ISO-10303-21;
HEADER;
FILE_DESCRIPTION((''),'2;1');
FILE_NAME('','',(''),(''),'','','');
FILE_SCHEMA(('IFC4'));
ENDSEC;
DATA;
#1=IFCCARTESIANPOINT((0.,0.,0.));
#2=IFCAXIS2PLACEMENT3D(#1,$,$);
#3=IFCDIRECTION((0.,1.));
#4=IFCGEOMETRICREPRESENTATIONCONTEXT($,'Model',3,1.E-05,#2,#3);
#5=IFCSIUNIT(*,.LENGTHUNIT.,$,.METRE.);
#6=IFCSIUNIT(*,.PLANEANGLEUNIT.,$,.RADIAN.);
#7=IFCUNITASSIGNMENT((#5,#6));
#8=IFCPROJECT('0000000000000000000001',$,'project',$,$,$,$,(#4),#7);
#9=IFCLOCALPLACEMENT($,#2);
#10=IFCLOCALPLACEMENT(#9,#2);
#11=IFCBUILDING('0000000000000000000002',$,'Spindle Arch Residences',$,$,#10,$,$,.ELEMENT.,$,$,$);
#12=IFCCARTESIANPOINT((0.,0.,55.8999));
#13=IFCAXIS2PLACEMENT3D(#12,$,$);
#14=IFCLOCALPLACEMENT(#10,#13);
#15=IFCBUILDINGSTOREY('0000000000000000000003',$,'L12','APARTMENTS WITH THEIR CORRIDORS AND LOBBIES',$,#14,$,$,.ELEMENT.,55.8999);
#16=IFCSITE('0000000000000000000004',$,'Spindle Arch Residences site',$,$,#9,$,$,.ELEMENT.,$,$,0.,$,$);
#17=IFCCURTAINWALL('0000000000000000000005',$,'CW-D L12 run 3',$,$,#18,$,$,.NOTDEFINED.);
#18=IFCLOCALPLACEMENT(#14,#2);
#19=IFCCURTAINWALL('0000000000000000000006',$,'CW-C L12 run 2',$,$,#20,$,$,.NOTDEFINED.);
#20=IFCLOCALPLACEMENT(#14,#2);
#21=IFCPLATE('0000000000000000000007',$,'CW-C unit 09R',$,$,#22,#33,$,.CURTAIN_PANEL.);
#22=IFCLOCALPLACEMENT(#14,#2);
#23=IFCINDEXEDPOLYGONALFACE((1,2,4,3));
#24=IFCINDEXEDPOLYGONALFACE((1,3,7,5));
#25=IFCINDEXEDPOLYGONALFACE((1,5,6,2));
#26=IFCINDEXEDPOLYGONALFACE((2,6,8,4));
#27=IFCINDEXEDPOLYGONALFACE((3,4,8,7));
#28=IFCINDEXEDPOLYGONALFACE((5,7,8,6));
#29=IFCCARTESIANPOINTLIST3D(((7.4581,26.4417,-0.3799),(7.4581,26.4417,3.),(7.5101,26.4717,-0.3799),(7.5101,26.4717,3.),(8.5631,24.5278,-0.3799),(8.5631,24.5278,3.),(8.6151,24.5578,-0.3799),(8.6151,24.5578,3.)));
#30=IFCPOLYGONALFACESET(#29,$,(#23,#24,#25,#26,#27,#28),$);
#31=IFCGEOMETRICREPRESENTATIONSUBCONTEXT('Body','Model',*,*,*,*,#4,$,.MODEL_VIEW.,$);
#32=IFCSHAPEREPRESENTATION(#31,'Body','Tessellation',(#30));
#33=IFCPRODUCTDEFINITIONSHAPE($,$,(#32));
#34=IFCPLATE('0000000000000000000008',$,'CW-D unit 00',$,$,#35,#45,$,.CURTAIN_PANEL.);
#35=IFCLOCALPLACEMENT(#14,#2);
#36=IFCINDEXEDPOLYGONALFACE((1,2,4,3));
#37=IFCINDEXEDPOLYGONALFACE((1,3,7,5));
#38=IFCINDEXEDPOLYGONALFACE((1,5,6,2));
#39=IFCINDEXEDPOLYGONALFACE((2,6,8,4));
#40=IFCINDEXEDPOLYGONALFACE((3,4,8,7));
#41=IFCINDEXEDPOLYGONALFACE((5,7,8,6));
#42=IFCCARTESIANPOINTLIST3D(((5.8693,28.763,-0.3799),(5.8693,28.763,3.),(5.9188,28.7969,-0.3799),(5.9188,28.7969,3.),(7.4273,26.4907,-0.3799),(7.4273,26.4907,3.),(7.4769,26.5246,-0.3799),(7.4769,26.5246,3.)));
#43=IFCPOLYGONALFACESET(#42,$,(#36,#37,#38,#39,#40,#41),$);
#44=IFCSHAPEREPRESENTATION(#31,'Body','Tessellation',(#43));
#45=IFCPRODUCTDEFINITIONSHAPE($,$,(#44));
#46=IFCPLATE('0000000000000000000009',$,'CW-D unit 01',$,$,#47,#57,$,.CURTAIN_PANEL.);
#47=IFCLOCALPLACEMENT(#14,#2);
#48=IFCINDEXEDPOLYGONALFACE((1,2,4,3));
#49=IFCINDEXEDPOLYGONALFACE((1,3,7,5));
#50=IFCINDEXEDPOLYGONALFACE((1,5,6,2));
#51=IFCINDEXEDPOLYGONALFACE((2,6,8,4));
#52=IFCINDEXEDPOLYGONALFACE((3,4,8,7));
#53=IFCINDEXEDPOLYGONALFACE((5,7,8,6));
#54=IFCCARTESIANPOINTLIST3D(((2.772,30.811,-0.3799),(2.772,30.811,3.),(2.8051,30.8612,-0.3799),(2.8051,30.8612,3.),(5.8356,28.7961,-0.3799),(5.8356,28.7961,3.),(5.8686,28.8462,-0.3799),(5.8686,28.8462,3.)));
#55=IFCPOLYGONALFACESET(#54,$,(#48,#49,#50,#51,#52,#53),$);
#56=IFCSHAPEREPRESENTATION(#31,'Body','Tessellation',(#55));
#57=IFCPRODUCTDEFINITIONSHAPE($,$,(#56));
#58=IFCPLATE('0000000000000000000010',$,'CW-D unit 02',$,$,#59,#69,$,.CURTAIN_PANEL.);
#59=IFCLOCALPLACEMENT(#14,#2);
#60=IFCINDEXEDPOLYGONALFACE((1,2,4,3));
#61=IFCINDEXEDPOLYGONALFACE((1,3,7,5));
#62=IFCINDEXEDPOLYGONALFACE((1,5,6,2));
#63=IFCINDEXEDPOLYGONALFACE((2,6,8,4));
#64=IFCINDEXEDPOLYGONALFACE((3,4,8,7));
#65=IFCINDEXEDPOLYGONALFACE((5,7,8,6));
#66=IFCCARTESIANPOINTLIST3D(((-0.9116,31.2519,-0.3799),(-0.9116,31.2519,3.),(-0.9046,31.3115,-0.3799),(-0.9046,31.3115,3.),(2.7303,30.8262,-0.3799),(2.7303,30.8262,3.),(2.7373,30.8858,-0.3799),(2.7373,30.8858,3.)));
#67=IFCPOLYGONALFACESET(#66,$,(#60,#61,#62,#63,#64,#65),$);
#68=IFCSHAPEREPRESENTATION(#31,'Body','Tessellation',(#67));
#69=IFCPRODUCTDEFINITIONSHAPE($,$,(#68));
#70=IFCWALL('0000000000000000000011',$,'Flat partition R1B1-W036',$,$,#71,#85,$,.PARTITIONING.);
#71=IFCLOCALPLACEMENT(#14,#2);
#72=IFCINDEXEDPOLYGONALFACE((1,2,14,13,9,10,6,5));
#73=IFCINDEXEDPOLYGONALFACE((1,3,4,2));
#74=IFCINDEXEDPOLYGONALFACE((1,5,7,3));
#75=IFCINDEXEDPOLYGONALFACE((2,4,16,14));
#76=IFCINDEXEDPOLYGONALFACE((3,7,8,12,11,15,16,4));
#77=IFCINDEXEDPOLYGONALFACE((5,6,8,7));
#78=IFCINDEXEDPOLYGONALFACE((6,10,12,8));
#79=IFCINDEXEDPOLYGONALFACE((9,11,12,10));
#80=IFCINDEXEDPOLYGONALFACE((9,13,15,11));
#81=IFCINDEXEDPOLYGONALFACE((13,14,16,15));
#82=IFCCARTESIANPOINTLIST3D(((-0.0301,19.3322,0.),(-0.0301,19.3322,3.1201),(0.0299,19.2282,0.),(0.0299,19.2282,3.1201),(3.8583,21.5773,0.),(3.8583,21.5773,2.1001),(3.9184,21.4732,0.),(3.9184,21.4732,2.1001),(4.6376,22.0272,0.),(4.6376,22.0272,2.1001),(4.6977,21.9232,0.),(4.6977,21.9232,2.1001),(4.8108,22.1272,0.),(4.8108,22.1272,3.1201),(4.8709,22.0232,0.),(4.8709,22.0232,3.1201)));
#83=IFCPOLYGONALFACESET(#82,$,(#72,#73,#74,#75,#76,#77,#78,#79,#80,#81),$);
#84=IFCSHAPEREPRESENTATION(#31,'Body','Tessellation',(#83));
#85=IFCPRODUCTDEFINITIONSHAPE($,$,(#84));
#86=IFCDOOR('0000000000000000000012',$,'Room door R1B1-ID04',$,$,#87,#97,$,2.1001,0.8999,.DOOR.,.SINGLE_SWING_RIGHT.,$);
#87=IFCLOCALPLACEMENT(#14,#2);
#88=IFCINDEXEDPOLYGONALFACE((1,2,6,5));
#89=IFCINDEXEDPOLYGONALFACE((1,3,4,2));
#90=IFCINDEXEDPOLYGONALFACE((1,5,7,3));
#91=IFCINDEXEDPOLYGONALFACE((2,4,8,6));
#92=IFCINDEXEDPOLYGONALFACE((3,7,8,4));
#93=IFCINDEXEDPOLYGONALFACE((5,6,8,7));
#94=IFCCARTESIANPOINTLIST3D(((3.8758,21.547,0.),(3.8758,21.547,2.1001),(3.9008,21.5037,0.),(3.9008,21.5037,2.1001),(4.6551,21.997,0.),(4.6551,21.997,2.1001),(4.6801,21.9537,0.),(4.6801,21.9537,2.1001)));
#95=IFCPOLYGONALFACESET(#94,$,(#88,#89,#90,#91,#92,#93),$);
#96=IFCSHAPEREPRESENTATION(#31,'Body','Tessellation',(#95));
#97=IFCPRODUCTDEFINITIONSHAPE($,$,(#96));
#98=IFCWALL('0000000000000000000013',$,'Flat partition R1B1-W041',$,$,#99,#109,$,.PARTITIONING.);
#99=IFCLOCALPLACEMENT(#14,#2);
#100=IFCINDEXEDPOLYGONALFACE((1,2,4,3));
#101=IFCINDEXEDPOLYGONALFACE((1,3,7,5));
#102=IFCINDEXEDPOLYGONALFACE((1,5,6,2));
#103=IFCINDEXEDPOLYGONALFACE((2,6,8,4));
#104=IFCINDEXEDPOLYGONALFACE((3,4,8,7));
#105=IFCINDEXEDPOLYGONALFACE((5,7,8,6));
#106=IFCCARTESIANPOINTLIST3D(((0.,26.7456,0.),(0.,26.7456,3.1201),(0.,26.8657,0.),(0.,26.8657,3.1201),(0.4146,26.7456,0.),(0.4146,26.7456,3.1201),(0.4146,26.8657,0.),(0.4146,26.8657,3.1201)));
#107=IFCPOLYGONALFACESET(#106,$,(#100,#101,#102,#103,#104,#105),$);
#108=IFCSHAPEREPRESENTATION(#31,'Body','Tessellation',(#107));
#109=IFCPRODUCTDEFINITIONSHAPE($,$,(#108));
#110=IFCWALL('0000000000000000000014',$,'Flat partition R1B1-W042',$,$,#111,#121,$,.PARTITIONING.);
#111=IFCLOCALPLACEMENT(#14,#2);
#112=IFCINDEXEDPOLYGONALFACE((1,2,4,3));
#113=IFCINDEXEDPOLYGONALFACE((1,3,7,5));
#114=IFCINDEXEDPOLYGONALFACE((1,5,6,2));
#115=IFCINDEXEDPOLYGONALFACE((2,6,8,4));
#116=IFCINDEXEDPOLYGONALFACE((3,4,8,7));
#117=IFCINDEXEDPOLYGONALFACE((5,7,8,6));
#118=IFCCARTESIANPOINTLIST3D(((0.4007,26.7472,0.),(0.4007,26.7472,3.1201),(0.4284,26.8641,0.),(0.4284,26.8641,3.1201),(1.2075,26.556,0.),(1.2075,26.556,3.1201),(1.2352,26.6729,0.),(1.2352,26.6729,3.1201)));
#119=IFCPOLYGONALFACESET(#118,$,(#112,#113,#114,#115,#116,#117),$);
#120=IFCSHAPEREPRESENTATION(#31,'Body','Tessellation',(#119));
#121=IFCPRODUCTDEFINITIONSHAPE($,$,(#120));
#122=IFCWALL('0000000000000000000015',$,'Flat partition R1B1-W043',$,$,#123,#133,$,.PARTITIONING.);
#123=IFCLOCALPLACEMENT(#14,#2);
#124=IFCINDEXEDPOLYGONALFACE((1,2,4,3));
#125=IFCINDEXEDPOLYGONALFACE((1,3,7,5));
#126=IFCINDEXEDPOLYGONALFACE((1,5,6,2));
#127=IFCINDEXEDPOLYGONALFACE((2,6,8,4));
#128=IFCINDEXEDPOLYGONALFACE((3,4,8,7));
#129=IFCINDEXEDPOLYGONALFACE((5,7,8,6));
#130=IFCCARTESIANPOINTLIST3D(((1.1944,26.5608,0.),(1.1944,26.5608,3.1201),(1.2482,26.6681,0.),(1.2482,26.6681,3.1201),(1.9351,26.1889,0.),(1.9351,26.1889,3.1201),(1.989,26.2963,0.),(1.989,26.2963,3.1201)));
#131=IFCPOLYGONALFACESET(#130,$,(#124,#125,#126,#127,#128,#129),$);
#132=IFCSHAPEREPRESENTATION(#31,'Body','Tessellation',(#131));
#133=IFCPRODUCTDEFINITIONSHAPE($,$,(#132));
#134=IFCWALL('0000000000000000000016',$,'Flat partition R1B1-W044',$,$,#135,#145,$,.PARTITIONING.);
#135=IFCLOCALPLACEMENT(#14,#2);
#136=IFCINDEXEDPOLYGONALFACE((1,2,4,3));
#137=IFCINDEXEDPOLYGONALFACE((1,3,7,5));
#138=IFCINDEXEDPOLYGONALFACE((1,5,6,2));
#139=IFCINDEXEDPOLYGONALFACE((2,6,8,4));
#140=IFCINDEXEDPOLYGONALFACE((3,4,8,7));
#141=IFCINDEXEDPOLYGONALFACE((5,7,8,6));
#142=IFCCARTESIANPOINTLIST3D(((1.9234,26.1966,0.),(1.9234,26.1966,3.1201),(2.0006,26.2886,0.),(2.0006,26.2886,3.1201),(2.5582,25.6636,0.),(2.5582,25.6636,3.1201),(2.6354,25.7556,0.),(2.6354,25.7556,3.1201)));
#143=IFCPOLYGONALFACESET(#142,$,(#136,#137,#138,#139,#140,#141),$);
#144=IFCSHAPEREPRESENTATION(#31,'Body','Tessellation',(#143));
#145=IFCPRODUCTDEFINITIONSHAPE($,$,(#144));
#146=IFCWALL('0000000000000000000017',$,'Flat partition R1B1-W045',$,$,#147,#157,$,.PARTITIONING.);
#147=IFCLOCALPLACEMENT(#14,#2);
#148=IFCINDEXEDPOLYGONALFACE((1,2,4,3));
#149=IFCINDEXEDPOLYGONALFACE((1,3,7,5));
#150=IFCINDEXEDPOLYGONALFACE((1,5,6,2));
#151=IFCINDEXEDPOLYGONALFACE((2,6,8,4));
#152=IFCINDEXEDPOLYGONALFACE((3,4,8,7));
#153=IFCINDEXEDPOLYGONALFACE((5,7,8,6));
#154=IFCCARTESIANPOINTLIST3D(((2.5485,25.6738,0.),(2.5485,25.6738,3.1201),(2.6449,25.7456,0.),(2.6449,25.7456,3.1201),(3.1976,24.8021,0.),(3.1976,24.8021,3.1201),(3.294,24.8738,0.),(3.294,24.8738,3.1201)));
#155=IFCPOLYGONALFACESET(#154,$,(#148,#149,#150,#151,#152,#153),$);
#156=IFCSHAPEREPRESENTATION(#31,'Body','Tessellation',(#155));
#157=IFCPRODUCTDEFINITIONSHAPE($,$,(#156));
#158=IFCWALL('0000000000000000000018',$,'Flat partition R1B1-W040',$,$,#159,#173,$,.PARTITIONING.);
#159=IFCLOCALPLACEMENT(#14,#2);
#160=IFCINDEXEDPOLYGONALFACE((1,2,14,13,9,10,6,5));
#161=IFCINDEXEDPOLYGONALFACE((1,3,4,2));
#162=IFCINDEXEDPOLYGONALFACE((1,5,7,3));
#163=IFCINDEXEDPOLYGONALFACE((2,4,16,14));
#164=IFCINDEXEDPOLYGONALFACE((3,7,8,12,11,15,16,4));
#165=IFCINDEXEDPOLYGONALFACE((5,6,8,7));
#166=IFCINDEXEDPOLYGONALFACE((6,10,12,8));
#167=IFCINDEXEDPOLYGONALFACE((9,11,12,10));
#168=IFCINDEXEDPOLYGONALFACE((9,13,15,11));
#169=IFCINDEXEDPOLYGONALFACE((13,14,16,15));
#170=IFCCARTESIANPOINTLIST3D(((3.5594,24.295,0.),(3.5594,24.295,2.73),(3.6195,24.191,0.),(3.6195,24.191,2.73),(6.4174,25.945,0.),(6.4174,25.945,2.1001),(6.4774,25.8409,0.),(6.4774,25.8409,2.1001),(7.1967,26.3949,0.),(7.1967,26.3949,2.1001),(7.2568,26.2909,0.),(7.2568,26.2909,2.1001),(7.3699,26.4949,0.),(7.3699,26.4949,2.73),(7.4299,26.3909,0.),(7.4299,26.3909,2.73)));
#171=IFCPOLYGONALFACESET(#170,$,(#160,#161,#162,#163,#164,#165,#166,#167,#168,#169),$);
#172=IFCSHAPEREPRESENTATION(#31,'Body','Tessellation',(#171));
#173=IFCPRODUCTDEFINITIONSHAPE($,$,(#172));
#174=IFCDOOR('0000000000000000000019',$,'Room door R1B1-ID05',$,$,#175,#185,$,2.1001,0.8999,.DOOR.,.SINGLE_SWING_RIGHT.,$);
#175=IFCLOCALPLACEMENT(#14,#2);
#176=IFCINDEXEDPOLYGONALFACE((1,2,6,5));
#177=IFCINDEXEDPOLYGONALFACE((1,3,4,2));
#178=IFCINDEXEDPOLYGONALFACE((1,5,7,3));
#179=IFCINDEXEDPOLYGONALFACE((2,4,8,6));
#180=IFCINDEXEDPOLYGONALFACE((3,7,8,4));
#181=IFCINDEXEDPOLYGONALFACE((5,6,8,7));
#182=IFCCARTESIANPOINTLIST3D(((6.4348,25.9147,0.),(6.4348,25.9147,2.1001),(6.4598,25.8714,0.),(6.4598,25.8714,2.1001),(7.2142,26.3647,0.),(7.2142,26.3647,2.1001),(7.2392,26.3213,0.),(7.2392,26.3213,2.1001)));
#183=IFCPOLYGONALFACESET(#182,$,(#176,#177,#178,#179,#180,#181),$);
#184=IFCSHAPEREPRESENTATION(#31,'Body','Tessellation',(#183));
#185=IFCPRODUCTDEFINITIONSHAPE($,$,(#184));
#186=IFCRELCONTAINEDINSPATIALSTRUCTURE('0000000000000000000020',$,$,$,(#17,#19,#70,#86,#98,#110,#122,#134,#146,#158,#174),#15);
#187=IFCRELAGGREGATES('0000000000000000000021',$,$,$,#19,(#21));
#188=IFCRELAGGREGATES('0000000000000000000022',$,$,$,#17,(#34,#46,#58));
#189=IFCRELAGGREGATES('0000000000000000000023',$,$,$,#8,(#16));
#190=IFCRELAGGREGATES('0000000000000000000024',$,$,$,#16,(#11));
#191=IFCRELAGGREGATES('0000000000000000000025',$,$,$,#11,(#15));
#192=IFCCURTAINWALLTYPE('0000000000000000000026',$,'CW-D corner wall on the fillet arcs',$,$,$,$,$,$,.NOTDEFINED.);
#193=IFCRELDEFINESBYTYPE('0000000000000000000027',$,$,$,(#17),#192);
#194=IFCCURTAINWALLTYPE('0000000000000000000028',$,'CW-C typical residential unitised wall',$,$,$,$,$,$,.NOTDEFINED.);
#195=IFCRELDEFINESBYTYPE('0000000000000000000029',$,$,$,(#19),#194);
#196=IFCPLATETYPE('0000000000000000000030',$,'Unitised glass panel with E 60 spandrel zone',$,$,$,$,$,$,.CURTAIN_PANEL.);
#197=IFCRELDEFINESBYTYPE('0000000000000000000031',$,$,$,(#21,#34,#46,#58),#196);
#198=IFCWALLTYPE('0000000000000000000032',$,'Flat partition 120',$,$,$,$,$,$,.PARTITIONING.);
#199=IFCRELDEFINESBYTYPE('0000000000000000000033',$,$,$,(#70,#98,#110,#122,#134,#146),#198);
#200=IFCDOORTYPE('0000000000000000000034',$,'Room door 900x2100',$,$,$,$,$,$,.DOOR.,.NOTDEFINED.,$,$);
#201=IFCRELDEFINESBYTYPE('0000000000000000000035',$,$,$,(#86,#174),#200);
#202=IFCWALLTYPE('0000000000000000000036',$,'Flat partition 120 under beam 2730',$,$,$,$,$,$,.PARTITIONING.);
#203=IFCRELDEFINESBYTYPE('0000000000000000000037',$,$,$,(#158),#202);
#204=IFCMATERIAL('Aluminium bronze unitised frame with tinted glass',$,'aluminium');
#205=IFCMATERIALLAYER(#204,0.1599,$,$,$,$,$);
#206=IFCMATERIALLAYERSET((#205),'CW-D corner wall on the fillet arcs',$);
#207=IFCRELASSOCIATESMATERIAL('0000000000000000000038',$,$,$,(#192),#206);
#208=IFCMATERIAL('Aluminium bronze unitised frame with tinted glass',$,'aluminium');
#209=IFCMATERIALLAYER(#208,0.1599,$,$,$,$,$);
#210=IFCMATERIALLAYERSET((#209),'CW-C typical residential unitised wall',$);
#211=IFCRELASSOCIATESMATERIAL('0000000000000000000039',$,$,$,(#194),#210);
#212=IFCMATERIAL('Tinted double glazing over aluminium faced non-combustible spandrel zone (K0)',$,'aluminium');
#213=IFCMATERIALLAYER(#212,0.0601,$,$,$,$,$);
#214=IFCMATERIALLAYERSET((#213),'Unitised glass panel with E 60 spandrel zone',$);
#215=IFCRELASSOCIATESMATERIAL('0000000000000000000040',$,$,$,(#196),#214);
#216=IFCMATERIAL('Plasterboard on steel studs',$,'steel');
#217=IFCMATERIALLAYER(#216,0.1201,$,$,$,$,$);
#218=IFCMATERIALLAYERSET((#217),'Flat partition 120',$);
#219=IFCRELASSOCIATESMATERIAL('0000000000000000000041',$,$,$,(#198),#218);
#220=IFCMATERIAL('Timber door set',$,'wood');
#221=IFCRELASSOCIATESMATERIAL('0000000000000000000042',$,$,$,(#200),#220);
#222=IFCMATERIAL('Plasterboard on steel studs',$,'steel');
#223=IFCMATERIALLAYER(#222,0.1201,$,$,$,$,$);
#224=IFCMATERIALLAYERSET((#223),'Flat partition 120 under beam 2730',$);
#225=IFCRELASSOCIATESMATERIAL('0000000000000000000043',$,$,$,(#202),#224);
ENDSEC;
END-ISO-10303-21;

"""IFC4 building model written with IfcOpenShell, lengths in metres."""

from ifc_helpers import new_model, si_unit, direction, frame, frame_2d, origin, origin_2d, place, context, subcontext, project, spatial, rectangle, extrude, material, layer, layer_set, type_object, element, fill, aggregate, save


model = new_model("IFC4")

# Units and contexts
model_context = context("Model", 3, precision=1e-05, world=origin(), true_north=direction((0.0, 1.0)))
body_context = subcontext(model_context, "Body", "Model", "MODEL_VIEW")
ifc_project = project(units=[si_unit("LENGTHUNIT", "METRE"), si_unit("PLANEANGLEUNIT", "RADIAN")], contexts=[model_context])

# Site, building, storey
site_placement = place(None, origin())
site = spatial("IfcSite", under=ifc_project, at=site_placement, Name="Spindle Arch Residences site", CompositionType="ELEMENT", RefElevation=0.0)
building_placement = place(site_placement, origin())
building = spatial("IfcBuilding", under=site, at=building_placement, Name="Spindle Arch Residences", CompositionType="ELEMENT")
storey_placement = place(building_placement, frame((0.0, 0.0, 55.8999)))
storey = spatial("IfcBuildingStorey", under=building, at=storey_placement, Name="L12", Description="APARTMENTS WITH THEIR CORRIDORS AND LOBBIES", CompositionType="ELEMENT", Elevation=55.8999)

# Curtain wall
ifc_material_1 = material(Name="Aluminium bronze unitised frame with tinted glass", Category="aluminium")
ifc_layer_1 = layer(ifc_material_1, 0.1599)
ifc_layer_set_1 = layer_set([ifc_layer_1], Name="CW-D corner wall on the fillet arcs")
curtain_wall_type_1 = type_object("IfcCurtainWallType", Name="CW-D corner wall on the fillet arcs", PredefinedType="NOTDEFINED", material=ifc_layer_set_1)
curtain_wall_1_placement = place(storey_placement, origin())
curtain_wall_1 = element("IfcCurtainWall", 1, at=curtain_wall_1_placement, inside=storey, type_object=curtain_wall_type_1, Name="CW-D L12 run 3", PredefinedType="NOTDEFINED")

# Curtain wall, plate
ifc_material_2 = material(Name="Aluminium bronze unitised frame with tinted glass", Category="aluminium")
ifc_layer_2 = layer(ifc_material_2, 0.1599)
ifc_layer_set_2 = layer_set([ifc_layer_2], Name="CW-C typical residential unitised wall")
curtain_wall_type_2 = type_object("IfcCurtainWallType", Name="CW-C typical residential unitised wall", PredefinedType="NOTDEFINED", material=ifc_layer_set_2)
curtain_wall_2_placement = place(storey_placement, origin())
curtain_wall_2 = element("IfcCurtainWall", 2, at=curtain_wall_2_placement, inside=storey, type_object=curtain_wall_type_2, Name="CW-C L12 run 2", PredefinedType="NOTDEFINED")
ifc_material_3 = material(Name="Tinted double glazing over aluminium faced non-combustible spandrel zone (K0)", Category="aluminium")
ifc_layer_3 = layer(ifc_material_3, 0.0601)
ifc_layer_set_3 = layer_set([ifc_layer_3], Name="Unitised glass panel with E 60 spandrel zone")
plate_type = type_object("IfcPlateType", Name="Unitised glass panel with E 60 spandrel zone", PredefinedType="CURTAIN_PANEL", material=ifc_layer_set_3)
plate_1_placement = place(storey_placement, frame((8.0366, 25.4998, -0.3799), z_axis=(0.0, 0.0, 1.0), x_axis=(-0.5, 0.866025, 0.0)))
plate_1 = element("IfcPlate", 3, at=plate_1_placement, type_object=plate_type, Name="CW-C unit 09R", PredefinedType="CURTAIN_PANEL", context=body_context, shape_type="SweptSolid", body=[
    extrude(rectangle(XDim=2.21, YDim=0.0601, at=origin_2d()), origin(), (0.0, 0.0, 1.0), 3.3799),
])
aggregate(curtain_wall_2, [plate_1])

# Plates
plate_2_placement = place(storey_placement, frame((6.6731, 27.6438, -0.3799), z_axis=(0.0, 0.0, 1.0), x_axis=(-0.565501, 0.824748, 0.0)))
plate_2 = element("IfcPlate", 4, at=plate_2_placement, type_object=plate_type, Name="CW-D unit 00", PredefinedType="CURTAIN_PANEL", context=body_context, shape_type="SweptSolid", body=[
    extrude(rectangle(XDim=2.7551, YDim=0.0601, at=origin_2d()), origin(), (0.0, 0.0, 1.0), 3.3799),
])
plate_3_placement = place(storey_placement, frame((4.3203, 29.8286, -0.3799), z_axis=(0.0, 0.0, 1.0), x_axis=(-0.835488, 0.549509, 0.0)))
plate_3 = element("IfcPlate", 5, at=plate_3_placement, type_object=plate_type, Name="CW-D unit 01", PredefinedType="CURTAIN_PANEL", context=body_context, shape_type="SweptSolid", body=[
    extrude(rectangle(XDim=3.6667, YDim=0.0601, at=origin_2d()), origin(), (0.0, 0.0, 1.0), 3.3799),
])
plate_4_placement = place(storey_placement, frame((0.9128, 31.0688, -0.3799), z_axis=(0.0, 0.0, 1.0), x_axis=(-0.993238, 0.116093, 0.0)))
plate_4 = element("IfcPlate", 6, at=plate_4_placement, type_object=plate_type, Name="CW-D unit 02", PredefinedType="CURTAIN_PANEL", context=body_context, shape_type="SweptSolid", body=[
    extrude(rectangle(XDim=3.6667, YDim=0.0601, at=origin_2d()), origin(), (0.0, 0.0, 1.0), 3.3799),
])
aggregate(curtain_wall_1, [plate_2, plate_3, plate_4])

# Wall, opening, door
ifc_material_4 = material(Name="Plasterboard on steel studs", Category="steel")
ifc_layer_4 = layer(ifc_material_4, 0.1201)
ifc_layer_set_4 = layer_set([ifc_layer_4], Name="Flat partition 120")
wall_type_1 = type_object("IfcWallType", Name="Flat partition 120", PredefinedType="PARTITIONING", material=ifc_layer_set_4)
wall_1_placement = place(storey_placement, frame((4.8408, 22.0752, 0.0), z_axis=(0.0, 0.0, 1.0), x_axis=(-0.86602, -0.50001, 0.0)))
wall_1 = element("IfcWall", 7, at=wall_1_placement, inside=storey, type_object=wall_type_1, Name="Flat partition R1B1-W036", PredefinedType="PARTITIONING", context=body_context, shape_type="SweptSolid", body=[
    extrude(rectangle(XDim=5.5898, YDim=0.1201, at=frame_2d((2.7949, 0.0))), origin(), (0.0, 0.0, 1.0), 3.1201),
])
opening_1_placement = place(wall_1_placement, frame((0.2, 0.0, 0.0)))
opening_1 = element("IfcOpeningElement", 8, at=opening_1_placement, cuts=wall_1, PredefinedType="OPENING", context=body_context, shape_type="SweptSolid", body=[
    extrude(rectangle(XDim=0.8999, YDim=2.1001, at=frame_2d((0.45, 1.05))), frame((0.0, 0.0701, 0.0), z_axis=(0.0, -1.0, 0.0), x_axis=(1.0, 0.0, 0.0)), (0.0, 0.0, 1.0), 0.1401),
])
ifc_material_5 = material(Name="Timber door set", Category="wood")
door_type = type_object("IfcDoorType", Name="Room door 900x2100", OperationType="NOTDEFINED", PredefinedType="DOOR", material=ifc_material_5)
door_1_placement = place(opening_1_placement, origin())
door_1 = element("IfcDoor", 9, at=door_1_placement, inside=storey, type_object=door_type, Name="Room door R1B1-ID04", OperationType="SINGLE_SWING_RIGHT", OverallHeight=2.1001, OverallWidth=0.8999, PredefinedType="DOOR", context=body_context, shape_type="SweptSolid", body=[
    extrude(rectangle(XDim=0.8999, YDim=2.1001, at=frame_2d((0.45, 1.05))), frame((0.0, 0.0249, 0.0), z_axis=(0.0, -1.0, 0.0), x_axis=(1.0, 0.0, 0.0)), (0.0, 0.0, 1.0), 0.05),
])
fill(opening_1, door_1)

# Walls
wall_2_placement = place(storey_placement, frame((0.0, 26.8057, 0.0), z_axis=(0.0, 0.0, 1.0), x_axis=(1.0, 0.0, 0.0)))
element("IfcWall", 10, at=wall_2_placement, inside=storey, type_object=wall_type_1, Name="Flat partition R1B1-W041", PredefinedType="PARTITIONING", context=body_context, shape_type="SweptSolid", body=[
    extrude(rectangle(XDim=0.4146, YDim=0.1201, at=frame_2d((0.2073, 0.0))), origin(), (0.0, 0.0, 1.0), 3.1201),
])
wall_3_placement = place(storey_placement, frame((0.4146, 26.8057, 0.0), z_axis=(0.0, 0.0, 1.0), x_axis=(0.973049, -0.230598, 0.0)))
element("IfcWall", 11, at=wall_3_placement, inside=storey, type_object=wall_type_1, Name="Flat partition R1B1-W042", PredefinedType="PARTITIONING", context=body_context, shape_type="SweptSolid", body=[
    extrude(rectangle(XDim=0.8291, YDim=0.1201, at=frame_2d((0.4146, 0.0))), origin(), (0.0, 0.0, 1.0), 3.1201),
])
for number, where, z_axis, x_axis, name in (
    (12, (1.2212, 26.6145, 0.0), (0.0, 0.0, 1.0), (0.893719, -0.448627, 0.0), "Flat partition R1B1-W043"),
    (13, (1.9619, 26.2427, 0.0), (0.0, 0.0, 1.0), (0.76585, -0.643019, 0.0), "Flat partition R1B1-W044"),
):
    element("IfcWall", number, at=place(storey_placement, frame(where, z_axis=z_axis, x_axis=x_axis)), inside=storey, type_object=wall_type_1, Name=name, PredefinedType="PARTITIONING", context=body_context, shape_type="SweptSolid", body=[
        extrude(rectangle(XDim=0.8289, YDim=0.1201, at=frame_2d((0.4146, 0.0))), origin(), (0.0, 0.0, 1.0), 3.1201),
    ])
wall_4_placement = place(storey_placement, frame((2.5967, 25.7097, 0.0), z_axis=(0.0, 0.0, 1.0), x_axis=(0.597229, -0.802071, 0.0)))
element("IfcWall", 14, at=wall_4_placement, inside=storey, type_object=wall_type_1, Name="Flat partition R1B1-W045", PredefinedType="PARTITIONING", context=body_context, shape_type="SweptSolid", body=[
    extrude(rectangle(XDim=1.0869, YDim=0.1201, at=frame_2d((0.5435, 0.0))), origin(), (0.0, 0.0, 1.0), 3.1201),
])

# Wall, opening, door
ifc_material_6 = material(Name="Plasterboard on steel studs", Category="steel")
ifc_layer_5 = layer(ifc_material_6, 0.1201)
ifc_layer_set_5 = layer_set([ifc_layer_5], Name="Flat partition 120 under beam 2730")
wall_type_2 = type_object("IfcWallType", Name="Flat partition 120 under beam 2730", PredefinedType="PARTITIONING", material=ifc_layer_set_5)
wall_5_placement = place(storey_placement, frame((7.3999, 26.4429, 0.0), z_axis=(0.0, 0.0, 1.0), x_axis=(-0.866032, -0.499988, 0.0)))
wall_5 = element("IfcWall", 15, at=wall_5_placement, inside=storey, type_object=wall_type_2, Name="Flat partition R1B1-W040", PredefinedType="PARTITIONING", context=body_context, shape_type="SweptSolid", body=[
    extrude(rectangle(XDim=4.3999, YDim=0.1201, at=frame_2d((2.2, 0.0))), origin(), (0.0, 0.0, 1.0), 2.73),
])
opening_2_placement = place(wall_5_placement, frame((0.2, 0.0, 0.0)))
opening_2 = element("IfcOpeningElement", 16, at=opening_2_placement, cuts=wall_5, PredefinedType="OPENING", context=body_context, shape_type="SweptSolid", body=[
    extrude(rectangle(XDim=0.8999, YDim=2.1001, at=frame_2d((0.45, 1.05))), frame((0.0, 0.0701, 0.0), z_axis=(0.0, -1.0, 0.0), x_axis=(1.0, 0.0, 0.0)), (0.0, 0.0, 1.0), 0.1401),
])
door_2_placement = place(opening_2_placement, origin())
door_2 = element("IfcDoor", 17, at=door_2_placement, inside=storey, type_object=door_type, Name="Room door R1B1-ID05", OperationType="SINGLE_SWING_RIGHT", OverallHeight=2.1001, OverallWidth=0.8999, PredefinedType="DOOR", context=body_context, shape_type="SweptSolid", body=[
    extrude(rectangle(XDim=0.8999, YDim=2.1001, at=frame_2d((0.45, 1.05))), frame((0.0, 0.0249, 0.0), z_axis=(0.0, -1.0, 0.0), x_axis=(1.0, 0.0, 0.0)), (0.0, 0.0, 1.0), 0.05),
])
fill(opening_2, door_2)

save(model, "model.ifc")
